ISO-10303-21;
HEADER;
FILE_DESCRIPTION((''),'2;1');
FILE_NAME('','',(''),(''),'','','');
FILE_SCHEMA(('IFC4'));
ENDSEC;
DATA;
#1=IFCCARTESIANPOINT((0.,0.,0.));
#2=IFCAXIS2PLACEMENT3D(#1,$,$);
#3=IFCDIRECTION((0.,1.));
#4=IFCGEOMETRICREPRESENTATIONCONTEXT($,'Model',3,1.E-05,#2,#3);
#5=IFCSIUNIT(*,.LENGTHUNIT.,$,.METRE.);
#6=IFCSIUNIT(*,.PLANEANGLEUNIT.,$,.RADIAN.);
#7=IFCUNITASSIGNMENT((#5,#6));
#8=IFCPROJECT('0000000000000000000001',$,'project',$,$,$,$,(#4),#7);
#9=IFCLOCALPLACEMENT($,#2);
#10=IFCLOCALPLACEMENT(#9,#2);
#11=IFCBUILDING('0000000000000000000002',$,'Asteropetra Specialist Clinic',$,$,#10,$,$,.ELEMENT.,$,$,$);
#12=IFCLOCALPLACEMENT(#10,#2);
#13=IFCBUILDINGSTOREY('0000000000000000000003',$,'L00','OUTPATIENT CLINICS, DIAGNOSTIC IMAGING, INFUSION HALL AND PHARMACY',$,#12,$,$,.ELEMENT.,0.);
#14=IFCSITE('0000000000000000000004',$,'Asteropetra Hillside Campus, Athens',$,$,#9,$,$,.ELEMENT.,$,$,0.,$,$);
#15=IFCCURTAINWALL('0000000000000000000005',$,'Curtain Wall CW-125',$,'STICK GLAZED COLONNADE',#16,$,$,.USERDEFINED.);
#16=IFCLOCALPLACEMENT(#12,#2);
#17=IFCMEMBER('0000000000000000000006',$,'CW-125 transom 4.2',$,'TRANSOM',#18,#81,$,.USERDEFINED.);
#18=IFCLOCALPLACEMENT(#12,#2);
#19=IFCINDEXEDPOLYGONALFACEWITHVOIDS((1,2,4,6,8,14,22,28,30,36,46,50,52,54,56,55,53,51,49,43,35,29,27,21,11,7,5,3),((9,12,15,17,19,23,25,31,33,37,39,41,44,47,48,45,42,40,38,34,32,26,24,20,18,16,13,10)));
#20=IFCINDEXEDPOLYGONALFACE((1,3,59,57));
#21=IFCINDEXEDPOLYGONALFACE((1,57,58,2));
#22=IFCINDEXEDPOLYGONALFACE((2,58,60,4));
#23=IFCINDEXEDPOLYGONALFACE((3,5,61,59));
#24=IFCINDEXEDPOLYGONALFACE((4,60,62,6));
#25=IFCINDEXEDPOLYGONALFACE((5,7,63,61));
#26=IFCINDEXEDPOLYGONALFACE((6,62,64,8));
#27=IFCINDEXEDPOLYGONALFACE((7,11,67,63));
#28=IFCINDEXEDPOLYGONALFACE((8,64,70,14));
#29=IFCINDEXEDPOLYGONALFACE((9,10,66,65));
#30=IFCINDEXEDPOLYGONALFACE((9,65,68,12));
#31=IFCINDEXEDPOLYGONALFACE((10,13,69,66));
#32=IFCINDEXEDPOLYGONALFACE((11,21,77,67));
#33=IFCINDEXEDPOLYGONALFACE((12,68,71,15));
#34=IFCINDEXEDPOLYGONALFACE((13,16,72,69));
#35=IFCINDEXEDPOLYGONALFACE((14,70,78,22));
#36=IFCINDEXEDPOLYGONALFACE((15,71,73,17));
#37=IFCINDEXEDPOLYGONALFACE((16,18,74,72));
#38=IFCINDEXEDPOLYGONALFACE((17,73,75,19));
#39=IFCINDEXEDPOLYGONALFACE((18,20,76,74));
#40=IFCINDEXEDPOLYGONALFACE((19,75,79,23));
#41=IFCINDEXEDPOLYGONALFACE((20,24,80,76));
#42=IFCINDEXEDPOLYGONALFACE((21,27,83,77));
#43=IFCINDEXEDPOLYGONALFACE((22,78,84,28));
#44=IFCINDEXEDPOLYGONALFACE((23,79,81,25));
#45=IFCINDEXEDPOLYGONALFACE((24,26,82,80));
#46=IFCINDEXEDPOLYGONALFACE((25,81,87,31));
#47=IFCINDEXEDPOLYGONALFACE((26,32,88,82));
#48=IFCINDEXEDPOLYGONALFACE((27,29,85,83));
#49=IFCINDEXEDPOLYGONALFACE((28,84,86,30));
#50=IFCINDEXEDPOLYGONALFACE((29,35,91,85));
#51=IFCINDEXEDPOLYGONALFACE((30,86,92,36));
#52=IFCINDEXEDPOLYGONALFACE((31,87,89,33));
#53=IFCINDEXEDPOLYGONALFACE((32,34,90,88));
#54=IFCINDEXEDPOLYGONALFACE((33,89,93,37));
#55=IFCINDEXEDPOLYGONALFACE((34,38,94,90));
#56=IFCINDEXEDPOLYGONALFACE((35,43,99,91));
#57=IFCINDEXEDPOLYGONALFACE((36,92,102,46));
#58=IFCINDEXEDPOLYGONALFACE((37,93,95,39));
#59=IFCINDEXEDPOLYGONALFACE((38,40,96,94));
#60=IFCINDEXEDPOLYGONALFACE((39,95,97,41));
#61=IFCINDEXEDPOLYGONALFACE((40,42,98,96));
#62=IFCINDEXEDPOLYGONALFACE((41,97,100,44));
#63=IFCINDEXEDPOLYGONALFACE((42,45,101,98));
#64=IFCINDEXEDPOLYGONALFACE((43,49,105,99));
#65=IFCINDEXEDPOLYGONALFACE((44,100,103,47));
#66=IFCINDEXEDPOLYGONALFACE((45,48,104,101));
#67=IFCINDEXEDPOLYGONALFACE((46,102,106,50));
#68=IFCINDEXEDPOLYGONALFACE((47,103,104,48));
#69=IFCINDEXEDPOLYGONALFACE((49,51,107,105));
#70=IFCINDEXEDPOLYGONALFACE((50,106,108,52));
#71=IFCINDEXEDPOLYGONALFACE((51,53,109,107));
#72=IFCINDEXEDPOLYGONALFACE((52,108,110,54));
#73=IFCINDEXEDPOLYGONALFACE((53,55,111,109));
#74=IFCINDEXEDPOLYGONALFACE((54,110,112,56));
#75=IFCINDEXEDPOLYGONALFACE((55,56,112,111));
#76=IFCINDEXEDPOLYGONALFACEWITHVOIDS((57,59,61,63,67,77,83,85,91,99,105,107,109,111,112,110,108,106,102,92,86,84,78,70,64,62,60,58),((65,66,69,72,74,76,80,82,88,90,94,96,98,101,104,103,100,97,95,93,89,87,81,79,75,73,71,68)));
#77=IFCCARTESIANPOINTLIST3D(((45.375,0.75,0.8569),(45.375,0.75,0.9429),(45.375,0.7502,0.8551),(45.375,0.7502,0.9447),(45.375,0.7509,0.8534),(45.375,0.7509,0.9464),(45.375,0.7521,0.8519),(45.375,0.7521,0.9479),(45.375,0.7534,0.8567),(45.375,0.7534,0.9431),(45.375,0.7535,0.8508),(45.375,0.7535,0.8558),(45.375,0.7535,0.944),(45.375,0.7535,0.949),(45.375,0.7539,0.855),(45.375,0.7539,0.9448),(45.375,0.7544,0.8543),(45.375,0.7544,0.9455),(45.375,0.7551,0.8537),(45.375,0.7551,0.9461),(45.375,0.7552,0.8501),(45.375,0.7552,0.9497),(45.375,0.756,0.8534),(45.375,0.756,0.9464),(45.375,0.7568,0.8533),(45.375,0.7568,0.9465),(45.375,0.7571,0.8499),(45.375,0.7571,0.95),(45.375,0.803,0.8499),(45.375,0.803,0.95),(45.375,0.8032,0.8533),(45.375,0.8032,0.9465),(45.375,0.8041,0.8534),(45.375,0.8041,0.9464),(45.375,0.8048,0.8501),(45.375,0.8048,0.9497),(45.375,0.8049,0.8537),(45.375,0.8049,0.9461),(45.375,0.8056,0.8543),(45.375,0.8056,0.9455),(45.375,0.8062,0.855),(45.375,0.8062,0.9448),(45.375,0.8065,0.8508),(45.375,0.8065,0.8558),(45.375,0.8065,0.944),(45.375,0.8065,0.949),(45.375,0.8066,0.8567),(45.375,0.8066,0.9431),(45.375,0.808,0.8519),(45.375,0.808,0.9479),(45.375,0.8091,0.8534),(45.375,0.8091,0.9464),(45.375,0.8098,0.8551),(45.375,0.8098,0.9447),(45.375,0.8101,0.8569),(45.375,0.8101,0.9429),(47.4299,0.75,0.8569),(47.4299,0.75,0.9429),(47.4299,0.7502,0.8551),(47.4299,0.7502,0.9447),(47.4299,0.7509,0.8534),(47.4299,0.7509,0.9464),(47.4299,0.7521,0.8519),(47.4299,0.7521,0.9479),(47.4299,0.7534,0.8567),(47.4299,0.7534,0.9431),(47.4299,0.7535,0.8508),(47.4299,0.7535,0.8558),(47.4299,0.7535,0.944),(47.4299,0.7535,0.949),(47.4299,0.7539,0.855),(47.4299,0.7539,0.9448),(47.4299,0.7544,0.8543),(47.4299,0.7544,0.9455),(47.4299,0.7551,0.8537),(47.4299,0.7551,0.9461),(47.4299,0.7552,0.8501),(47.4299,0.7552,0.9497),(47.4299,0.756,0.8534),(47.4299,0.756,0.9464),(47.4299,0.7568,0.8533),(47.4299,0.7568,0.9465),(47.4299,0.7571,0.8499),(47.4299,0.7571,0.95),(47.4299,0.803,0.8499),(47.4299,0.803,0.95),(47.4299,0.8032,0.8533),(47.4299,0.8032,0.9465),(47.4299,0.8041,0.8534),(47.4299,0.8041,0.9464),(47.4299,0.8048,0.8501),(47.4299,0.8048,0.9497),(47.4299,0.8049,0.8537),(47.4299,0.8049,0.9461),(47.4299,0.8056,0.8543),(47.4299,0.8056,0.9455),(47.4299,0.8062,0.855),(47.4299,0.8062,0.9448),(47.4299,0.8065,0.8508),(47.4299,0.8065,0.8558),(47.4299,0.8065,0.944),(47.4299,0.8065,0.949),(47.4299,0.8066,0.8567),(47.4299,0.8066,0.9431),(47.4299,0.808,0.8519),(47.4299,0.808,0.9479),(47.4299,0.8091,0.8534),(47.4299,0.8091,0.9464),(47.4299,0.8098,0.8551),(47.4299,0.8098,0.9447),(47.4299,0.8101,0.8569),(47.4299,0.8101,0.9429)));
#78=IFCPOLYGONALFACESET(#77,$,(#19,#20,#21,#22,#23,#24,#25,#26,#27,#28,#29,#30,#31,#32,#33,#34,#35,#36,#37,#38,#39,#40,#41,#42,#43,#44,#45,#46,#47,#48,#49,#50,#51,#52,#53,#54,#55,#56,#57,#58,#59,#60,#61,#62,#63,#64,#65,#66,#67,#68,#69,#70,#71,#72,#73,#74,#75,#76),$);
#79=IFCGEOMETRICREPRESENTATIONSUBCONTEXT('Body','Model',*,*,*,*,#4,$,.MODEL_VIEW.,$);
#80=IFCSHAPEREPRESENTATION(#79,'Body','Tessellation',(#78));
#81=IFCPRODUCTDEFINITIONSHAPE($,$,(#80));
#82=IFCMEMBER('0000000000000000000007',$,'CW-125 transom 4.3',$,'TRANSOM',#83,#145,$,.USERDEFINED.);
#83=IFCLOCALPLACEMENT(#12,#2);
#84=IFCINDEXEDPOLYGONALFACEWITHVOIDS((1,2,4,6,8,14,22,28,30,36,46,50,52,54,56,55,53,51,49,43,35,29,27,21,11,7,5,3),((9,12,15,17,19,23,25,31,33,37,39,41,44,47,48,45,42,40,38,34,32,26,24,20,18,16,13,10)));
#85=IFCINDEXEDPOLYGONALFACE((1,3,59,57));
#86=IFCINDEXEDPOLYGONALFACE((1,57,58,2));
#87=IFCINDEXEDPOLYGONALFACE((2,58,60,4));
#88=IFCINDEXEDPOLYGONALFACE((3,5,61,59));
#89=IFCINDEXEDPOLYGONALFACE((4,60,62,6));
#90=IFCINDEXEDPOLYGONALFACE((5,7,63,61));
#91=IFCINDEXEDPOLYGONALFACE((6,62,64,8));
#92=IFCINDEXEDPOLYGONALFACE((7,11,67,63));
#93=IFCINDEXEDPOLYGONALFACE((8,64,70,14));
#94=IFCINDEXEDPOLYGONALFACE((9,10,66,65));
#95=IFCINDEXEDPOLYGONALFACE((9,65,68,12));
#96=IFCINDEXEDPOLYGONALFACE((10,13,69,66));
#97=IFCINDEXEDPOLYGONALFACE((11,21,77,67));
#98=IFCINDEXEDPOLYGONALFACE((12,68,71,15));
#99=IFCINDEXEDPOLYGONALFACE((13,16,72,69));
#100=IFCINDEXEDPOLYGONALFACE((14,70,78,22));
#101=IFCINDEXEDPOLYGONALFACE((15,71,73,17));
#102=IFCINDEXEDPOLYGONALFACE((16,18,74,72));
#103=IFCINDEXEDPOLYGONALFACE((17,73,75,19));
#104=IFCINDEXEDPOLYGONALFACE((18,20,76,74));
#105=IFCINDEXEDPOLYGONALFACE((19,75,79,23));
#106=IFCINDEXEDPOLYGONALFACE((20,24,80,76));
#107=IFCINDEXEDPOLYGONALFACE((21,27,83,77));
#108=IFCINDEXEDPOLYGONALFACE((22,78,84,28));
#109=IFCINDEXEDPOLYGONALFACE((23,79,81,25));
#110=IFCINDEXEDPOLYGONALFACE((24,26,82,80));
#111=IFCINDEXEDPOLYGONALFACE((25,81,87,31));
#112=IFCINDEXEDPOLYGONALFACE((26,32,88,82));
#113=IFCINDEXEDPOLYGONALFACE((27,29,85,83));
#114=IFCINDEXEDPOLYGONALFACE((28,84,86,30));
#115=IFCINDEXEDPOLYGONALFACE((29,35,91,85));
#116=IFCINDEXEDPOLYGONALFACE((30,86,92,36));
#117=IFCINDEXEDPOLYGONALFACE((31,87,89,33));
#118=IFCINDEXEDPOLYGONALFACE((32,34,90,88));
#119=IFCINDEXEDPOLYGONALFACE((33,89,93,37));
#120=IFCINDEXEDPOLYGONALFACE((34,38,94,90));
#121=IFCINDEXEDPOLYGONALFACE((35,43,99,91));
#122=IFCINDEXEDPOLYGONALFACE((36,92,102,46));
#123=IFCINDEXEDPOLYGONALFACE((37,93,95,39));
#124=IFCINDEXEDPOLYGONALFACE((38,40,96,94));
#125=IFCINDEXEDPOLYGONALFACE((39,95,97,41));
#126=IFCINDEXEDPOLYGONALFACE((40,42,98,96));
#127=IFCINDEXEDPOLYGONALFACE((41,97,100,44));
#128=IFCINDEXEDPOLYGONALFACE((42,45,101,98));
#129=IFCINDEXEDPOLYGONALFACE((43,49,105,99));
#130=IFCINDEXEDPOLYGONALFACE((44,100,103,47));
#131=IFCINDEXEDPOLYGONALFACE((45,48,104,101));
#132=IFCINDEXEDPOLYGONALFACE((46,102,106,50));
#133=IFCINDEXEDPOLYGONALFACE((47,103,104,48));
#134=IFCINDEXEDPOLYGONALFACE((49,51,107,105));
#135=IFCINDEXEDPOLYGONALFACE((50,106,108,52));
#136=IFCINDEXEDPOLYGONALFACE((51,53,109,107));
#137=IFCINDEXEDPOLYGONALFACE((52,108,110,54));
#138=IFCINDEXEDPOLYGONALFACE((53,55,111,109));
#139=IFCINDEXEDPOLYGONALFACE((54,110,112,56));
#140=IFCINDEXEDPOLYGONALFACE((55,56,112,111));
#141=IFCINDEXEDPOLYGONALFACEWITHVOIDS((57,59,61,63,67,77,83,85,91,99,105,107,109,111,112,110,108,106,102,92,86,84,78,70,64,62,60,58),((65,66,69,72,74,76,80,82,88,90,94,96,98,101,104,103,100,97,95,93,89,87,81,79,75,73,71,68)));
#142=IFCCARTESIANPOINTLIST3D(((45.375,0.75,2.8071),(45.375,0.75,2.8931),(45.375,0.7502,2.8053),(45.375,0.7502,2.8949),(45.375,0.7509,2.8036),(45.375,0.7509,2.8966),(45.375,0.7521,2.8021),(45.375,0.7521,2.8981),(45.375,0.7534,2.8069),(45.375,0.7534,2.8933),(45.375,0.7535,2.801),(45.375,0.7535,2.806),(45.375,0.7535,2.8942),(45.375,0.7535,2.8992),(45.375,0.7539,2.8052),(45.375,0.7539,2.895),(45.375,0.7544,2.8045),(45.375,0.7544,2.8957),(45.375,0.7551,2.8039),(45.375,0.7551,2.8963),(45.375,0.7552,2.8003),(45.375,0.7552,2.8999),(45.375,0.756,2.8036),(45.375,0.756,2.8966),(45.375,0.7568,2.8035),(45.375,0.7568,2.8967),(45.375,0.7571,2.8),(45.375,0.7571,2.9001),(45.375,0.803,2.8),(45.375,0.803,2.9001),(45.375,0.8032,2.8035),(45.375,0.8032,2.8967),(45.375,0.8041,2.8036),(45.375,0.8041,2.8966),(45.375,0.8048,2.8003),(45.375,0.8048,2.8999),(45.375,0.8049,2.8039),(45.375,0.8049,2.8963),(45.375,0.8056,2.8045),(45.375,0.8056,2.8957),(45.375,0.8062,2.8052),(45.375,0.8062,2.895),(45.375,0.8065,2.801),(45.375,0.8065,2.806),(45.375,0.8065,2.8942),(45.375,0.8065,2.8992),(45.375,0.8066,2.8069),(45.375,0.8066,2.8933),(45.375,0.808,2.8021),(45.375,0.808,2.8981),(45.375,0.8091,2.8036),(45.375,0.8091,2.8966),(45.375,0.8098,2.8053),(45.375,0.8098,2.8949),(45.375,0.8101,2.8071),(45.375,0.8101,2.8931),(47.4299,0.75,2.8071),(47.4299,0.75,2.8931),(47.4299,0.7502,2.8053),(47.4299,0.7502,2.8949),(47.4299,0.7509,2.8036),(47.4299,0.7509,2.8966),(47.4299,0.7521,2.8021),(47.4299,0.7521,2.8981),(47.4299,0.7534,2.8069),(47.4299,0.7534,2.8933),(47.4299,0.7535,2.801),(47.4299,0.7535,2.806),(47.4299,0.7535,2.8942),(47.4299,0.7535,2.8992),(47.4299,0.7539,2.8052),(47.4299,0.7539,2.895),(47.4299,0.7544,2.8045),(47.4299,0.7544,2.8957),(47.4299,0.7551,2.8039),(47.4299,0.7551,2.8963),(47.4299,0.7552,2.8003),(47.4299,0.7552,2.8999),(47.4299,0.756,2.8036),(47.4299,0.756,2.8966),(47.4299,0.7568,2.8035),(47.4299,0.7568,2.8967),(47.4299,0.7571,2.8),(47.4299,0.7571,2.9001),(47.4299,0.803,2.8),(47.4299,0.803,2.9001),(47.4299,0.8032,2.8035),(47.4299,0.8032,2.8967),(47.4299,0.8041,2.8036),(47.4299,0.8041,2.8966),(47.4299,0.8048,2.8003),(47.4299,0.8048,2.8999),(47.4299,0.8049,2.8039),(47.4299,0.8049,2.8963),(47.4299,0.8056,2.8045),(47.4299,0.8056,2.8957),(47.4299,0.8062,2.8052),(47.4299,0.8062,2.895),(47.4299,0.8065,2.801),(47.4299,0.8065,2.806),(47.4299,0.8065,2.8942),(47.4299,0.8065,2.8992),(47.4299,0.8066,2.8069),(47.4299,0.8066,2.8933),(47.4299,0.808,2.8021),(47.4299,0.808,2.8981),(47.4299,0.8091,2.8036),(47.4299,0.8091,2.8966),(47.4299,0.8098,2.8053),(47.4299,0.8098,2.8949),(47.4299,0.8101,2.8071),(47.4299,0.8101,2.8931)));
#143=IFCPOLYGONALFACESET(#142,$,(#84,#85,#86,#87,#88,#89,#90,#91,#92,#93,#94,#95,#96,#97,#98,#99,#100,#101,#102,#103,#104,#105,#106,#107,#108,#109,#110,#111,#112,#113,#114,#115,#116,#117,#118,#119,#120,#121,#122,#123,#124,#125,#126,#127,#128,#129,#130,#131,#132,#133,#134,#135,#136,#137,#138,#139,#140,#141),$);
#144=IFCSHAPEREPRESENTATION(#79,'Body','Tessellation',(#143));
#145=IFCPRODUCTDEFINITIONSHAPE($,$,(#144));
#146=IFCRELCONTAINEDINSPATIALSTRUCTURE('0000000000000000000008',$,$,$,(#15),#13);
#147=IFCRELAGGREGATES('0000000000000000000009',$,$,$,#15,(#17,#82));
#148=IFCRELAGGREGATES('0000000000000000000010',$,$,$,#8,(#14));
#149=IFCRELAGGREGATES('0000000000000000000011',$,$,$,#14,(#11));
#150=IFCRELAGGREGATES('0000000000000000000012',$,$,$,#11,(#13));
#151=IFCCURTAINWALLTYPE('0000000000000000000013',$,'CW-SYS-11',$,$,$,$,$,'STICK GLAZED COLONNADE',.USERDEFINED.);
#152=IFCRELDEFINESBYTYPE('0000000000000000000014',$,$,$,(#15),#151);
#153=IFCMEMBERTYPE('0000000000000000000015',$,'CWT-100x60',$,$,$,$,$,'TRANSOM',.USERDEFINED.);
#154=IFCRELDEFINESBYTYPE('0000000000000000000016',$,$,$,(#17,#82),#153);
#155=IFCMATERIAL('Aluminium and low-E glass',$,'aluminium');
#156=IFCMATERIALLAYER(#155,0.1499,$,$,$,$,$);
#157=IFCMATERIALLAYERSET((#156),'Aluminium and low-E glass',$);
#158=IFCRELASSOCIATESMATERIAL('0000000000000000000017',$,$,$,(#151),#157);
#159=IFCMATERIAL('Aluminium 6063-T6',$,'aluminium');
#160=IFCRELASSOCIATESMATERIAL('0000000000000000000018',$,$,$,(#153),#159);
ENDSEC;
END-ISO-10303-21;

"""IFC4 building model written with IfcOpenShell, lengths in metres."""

from ifc_helpers import new_model, si_unit, direction, frame, origin, origin_2d, place, context, subcontext, project, spatial, hollow_rectangle, extrude, material, layer, layer_set, material_profile, profile_set, type_object, element, aggregate, save


model = new_model("IFC4")

# Units and contexts
model_context = context("Model", 3, precision=1e-05, world=origin(), true_north=direction((0.0, 1.0)))
body_context = subcontext(model_context, "Body", "Model", "MODEL_VIEW")
ifc_project = project(units=[si_unit("LENGTHUNIT", "METRE"), si_unit("PLANEANGLEUNIT", "RADIAN")], contexts=[model_context])

# Site, building, storey
site_placement = place(None, origin())
site = spatial("IfcSite", under=ifc_project, at=site_placement, Name="Asteropetra Hillside Campus, Athens", CompositionType="ELEMENT", RefElevation=0.0)
building_placement = place(site_placement, origin())
building = spatial("IfcBuilding", under=site, at=building_placement, Name="Asteropetra Specialist Clinic", CompositionType="ELEMENT")
storey_placement = place(building_placement, origin())
storey = spatial("IfcBuildingStorey", under=building, at=storey_placement, Name="L00", Description="OUTPATIENT CLINICS, DIAGNOSTIC IMAGING, INFUSION HALL AND PHARMACY", CompositionType="ELEMENT", Elevation=0.0)

# Curtain wall, members
ifc_material_1 = material(Name="Aluminium and low-E glass", Category="aluminium")
ifc_layer_1 = layer(ifc_material_1, 0.1499)
ifc_layer_set_1 = layer_set([ifc_layer_1], Name="Aluminium and low-E glass")
curtain_wall_type = type_object("IfcCurtainWallType", Name="CW-SYS-11", ElementType="STICK GLAZED COLONNADE", PredefinedType="USERDEFINED", material=ifc_layer_set_1)
curtain_wall_placement = place(storey_placement, origin())
curtain_wall = element("IfcCurtainWall", 1, at=curtain_wall_placement, inside=storey, type_object=curtain_wall_type, Name="Curtain Wall CW-125", ObjectType="STICK GLAZED COLONNADE", PredefinedType="USERDEFINED")
ifc_material_2 = material(Name="Aluminium 6063-T6", Category="aluminium")
ifc_material_profile_1 = material_profile(ifc_material_2, hollow_rectangle(XDim=0.0601, YDim=0.1001, WallThickness=0.0034, InnerFilletRadius=0.0034, OuterFilletRadius=0.0071, at=origin_2d()), Name="TRN 100x60x3.5")
ifc_profile_set_1 = profile_set([ifc_material_profile_1], Name="Aluminium 6063-T6")
member_type_1 = type_object("IfcMemberType", Name="CWT-100x60", ElementType="TRANSOM", PredefinedType="USERDEFINED", material=ifc_profile_set_1)
member_1_placement = place(storey_placement, frame((45.375, 0.78, 0.8999), z_axis=(1.0, 0.0, 0.0), x_axis=(0.0, 1.0, 0.0)))
member_1 = element("IfcMember", 2, at=member_1_placement, type_object=member_type_1, Name="CW-125 transom 4.2", ObjectType="TRANSOM", PredefinedType="USERDEFINED", context=body_context, shape_type="SweptSolid", body=[
    extrude(hollow_rectangle(XDim=0.0601, YDim=0.1001, WallThickness=0.0034, InnerFilletRadius=0.0034, OuterFilletRadius=0.0071, at=origin_2d()), origin(), (0.0, 0.0, 1.0), 2.0549),
])
member_2_placement = place(storey_placement, frame((45.375, 0.78, 2.8501), z_axis=(1.0, 0.0, 0.0), x_axis=(0.0, 1.0, 0.0)))
member_2 = element("IfcMember", 3, at=member_2_placement, type_object=member_type_1, Name="CW-125 transom 4.3", ObjectType="TRANSOM", PredefinedType="USERDEFINED", context=body_context, shape_type="SweptSolid", body=[
    extrude(hollow_rectangle(XDim=0.0601, YDim=0.1001, WallThickness=0.0034, InnerFilletRadius=0.0034, OuterFilletRadius=0.0071, at=origin_2d()), origin(), (0.0, 0.0, 1.0), 2.0549),
])

aggregate(curtain_wall, [member_1, member_2])

save(model, "model.ifc")
